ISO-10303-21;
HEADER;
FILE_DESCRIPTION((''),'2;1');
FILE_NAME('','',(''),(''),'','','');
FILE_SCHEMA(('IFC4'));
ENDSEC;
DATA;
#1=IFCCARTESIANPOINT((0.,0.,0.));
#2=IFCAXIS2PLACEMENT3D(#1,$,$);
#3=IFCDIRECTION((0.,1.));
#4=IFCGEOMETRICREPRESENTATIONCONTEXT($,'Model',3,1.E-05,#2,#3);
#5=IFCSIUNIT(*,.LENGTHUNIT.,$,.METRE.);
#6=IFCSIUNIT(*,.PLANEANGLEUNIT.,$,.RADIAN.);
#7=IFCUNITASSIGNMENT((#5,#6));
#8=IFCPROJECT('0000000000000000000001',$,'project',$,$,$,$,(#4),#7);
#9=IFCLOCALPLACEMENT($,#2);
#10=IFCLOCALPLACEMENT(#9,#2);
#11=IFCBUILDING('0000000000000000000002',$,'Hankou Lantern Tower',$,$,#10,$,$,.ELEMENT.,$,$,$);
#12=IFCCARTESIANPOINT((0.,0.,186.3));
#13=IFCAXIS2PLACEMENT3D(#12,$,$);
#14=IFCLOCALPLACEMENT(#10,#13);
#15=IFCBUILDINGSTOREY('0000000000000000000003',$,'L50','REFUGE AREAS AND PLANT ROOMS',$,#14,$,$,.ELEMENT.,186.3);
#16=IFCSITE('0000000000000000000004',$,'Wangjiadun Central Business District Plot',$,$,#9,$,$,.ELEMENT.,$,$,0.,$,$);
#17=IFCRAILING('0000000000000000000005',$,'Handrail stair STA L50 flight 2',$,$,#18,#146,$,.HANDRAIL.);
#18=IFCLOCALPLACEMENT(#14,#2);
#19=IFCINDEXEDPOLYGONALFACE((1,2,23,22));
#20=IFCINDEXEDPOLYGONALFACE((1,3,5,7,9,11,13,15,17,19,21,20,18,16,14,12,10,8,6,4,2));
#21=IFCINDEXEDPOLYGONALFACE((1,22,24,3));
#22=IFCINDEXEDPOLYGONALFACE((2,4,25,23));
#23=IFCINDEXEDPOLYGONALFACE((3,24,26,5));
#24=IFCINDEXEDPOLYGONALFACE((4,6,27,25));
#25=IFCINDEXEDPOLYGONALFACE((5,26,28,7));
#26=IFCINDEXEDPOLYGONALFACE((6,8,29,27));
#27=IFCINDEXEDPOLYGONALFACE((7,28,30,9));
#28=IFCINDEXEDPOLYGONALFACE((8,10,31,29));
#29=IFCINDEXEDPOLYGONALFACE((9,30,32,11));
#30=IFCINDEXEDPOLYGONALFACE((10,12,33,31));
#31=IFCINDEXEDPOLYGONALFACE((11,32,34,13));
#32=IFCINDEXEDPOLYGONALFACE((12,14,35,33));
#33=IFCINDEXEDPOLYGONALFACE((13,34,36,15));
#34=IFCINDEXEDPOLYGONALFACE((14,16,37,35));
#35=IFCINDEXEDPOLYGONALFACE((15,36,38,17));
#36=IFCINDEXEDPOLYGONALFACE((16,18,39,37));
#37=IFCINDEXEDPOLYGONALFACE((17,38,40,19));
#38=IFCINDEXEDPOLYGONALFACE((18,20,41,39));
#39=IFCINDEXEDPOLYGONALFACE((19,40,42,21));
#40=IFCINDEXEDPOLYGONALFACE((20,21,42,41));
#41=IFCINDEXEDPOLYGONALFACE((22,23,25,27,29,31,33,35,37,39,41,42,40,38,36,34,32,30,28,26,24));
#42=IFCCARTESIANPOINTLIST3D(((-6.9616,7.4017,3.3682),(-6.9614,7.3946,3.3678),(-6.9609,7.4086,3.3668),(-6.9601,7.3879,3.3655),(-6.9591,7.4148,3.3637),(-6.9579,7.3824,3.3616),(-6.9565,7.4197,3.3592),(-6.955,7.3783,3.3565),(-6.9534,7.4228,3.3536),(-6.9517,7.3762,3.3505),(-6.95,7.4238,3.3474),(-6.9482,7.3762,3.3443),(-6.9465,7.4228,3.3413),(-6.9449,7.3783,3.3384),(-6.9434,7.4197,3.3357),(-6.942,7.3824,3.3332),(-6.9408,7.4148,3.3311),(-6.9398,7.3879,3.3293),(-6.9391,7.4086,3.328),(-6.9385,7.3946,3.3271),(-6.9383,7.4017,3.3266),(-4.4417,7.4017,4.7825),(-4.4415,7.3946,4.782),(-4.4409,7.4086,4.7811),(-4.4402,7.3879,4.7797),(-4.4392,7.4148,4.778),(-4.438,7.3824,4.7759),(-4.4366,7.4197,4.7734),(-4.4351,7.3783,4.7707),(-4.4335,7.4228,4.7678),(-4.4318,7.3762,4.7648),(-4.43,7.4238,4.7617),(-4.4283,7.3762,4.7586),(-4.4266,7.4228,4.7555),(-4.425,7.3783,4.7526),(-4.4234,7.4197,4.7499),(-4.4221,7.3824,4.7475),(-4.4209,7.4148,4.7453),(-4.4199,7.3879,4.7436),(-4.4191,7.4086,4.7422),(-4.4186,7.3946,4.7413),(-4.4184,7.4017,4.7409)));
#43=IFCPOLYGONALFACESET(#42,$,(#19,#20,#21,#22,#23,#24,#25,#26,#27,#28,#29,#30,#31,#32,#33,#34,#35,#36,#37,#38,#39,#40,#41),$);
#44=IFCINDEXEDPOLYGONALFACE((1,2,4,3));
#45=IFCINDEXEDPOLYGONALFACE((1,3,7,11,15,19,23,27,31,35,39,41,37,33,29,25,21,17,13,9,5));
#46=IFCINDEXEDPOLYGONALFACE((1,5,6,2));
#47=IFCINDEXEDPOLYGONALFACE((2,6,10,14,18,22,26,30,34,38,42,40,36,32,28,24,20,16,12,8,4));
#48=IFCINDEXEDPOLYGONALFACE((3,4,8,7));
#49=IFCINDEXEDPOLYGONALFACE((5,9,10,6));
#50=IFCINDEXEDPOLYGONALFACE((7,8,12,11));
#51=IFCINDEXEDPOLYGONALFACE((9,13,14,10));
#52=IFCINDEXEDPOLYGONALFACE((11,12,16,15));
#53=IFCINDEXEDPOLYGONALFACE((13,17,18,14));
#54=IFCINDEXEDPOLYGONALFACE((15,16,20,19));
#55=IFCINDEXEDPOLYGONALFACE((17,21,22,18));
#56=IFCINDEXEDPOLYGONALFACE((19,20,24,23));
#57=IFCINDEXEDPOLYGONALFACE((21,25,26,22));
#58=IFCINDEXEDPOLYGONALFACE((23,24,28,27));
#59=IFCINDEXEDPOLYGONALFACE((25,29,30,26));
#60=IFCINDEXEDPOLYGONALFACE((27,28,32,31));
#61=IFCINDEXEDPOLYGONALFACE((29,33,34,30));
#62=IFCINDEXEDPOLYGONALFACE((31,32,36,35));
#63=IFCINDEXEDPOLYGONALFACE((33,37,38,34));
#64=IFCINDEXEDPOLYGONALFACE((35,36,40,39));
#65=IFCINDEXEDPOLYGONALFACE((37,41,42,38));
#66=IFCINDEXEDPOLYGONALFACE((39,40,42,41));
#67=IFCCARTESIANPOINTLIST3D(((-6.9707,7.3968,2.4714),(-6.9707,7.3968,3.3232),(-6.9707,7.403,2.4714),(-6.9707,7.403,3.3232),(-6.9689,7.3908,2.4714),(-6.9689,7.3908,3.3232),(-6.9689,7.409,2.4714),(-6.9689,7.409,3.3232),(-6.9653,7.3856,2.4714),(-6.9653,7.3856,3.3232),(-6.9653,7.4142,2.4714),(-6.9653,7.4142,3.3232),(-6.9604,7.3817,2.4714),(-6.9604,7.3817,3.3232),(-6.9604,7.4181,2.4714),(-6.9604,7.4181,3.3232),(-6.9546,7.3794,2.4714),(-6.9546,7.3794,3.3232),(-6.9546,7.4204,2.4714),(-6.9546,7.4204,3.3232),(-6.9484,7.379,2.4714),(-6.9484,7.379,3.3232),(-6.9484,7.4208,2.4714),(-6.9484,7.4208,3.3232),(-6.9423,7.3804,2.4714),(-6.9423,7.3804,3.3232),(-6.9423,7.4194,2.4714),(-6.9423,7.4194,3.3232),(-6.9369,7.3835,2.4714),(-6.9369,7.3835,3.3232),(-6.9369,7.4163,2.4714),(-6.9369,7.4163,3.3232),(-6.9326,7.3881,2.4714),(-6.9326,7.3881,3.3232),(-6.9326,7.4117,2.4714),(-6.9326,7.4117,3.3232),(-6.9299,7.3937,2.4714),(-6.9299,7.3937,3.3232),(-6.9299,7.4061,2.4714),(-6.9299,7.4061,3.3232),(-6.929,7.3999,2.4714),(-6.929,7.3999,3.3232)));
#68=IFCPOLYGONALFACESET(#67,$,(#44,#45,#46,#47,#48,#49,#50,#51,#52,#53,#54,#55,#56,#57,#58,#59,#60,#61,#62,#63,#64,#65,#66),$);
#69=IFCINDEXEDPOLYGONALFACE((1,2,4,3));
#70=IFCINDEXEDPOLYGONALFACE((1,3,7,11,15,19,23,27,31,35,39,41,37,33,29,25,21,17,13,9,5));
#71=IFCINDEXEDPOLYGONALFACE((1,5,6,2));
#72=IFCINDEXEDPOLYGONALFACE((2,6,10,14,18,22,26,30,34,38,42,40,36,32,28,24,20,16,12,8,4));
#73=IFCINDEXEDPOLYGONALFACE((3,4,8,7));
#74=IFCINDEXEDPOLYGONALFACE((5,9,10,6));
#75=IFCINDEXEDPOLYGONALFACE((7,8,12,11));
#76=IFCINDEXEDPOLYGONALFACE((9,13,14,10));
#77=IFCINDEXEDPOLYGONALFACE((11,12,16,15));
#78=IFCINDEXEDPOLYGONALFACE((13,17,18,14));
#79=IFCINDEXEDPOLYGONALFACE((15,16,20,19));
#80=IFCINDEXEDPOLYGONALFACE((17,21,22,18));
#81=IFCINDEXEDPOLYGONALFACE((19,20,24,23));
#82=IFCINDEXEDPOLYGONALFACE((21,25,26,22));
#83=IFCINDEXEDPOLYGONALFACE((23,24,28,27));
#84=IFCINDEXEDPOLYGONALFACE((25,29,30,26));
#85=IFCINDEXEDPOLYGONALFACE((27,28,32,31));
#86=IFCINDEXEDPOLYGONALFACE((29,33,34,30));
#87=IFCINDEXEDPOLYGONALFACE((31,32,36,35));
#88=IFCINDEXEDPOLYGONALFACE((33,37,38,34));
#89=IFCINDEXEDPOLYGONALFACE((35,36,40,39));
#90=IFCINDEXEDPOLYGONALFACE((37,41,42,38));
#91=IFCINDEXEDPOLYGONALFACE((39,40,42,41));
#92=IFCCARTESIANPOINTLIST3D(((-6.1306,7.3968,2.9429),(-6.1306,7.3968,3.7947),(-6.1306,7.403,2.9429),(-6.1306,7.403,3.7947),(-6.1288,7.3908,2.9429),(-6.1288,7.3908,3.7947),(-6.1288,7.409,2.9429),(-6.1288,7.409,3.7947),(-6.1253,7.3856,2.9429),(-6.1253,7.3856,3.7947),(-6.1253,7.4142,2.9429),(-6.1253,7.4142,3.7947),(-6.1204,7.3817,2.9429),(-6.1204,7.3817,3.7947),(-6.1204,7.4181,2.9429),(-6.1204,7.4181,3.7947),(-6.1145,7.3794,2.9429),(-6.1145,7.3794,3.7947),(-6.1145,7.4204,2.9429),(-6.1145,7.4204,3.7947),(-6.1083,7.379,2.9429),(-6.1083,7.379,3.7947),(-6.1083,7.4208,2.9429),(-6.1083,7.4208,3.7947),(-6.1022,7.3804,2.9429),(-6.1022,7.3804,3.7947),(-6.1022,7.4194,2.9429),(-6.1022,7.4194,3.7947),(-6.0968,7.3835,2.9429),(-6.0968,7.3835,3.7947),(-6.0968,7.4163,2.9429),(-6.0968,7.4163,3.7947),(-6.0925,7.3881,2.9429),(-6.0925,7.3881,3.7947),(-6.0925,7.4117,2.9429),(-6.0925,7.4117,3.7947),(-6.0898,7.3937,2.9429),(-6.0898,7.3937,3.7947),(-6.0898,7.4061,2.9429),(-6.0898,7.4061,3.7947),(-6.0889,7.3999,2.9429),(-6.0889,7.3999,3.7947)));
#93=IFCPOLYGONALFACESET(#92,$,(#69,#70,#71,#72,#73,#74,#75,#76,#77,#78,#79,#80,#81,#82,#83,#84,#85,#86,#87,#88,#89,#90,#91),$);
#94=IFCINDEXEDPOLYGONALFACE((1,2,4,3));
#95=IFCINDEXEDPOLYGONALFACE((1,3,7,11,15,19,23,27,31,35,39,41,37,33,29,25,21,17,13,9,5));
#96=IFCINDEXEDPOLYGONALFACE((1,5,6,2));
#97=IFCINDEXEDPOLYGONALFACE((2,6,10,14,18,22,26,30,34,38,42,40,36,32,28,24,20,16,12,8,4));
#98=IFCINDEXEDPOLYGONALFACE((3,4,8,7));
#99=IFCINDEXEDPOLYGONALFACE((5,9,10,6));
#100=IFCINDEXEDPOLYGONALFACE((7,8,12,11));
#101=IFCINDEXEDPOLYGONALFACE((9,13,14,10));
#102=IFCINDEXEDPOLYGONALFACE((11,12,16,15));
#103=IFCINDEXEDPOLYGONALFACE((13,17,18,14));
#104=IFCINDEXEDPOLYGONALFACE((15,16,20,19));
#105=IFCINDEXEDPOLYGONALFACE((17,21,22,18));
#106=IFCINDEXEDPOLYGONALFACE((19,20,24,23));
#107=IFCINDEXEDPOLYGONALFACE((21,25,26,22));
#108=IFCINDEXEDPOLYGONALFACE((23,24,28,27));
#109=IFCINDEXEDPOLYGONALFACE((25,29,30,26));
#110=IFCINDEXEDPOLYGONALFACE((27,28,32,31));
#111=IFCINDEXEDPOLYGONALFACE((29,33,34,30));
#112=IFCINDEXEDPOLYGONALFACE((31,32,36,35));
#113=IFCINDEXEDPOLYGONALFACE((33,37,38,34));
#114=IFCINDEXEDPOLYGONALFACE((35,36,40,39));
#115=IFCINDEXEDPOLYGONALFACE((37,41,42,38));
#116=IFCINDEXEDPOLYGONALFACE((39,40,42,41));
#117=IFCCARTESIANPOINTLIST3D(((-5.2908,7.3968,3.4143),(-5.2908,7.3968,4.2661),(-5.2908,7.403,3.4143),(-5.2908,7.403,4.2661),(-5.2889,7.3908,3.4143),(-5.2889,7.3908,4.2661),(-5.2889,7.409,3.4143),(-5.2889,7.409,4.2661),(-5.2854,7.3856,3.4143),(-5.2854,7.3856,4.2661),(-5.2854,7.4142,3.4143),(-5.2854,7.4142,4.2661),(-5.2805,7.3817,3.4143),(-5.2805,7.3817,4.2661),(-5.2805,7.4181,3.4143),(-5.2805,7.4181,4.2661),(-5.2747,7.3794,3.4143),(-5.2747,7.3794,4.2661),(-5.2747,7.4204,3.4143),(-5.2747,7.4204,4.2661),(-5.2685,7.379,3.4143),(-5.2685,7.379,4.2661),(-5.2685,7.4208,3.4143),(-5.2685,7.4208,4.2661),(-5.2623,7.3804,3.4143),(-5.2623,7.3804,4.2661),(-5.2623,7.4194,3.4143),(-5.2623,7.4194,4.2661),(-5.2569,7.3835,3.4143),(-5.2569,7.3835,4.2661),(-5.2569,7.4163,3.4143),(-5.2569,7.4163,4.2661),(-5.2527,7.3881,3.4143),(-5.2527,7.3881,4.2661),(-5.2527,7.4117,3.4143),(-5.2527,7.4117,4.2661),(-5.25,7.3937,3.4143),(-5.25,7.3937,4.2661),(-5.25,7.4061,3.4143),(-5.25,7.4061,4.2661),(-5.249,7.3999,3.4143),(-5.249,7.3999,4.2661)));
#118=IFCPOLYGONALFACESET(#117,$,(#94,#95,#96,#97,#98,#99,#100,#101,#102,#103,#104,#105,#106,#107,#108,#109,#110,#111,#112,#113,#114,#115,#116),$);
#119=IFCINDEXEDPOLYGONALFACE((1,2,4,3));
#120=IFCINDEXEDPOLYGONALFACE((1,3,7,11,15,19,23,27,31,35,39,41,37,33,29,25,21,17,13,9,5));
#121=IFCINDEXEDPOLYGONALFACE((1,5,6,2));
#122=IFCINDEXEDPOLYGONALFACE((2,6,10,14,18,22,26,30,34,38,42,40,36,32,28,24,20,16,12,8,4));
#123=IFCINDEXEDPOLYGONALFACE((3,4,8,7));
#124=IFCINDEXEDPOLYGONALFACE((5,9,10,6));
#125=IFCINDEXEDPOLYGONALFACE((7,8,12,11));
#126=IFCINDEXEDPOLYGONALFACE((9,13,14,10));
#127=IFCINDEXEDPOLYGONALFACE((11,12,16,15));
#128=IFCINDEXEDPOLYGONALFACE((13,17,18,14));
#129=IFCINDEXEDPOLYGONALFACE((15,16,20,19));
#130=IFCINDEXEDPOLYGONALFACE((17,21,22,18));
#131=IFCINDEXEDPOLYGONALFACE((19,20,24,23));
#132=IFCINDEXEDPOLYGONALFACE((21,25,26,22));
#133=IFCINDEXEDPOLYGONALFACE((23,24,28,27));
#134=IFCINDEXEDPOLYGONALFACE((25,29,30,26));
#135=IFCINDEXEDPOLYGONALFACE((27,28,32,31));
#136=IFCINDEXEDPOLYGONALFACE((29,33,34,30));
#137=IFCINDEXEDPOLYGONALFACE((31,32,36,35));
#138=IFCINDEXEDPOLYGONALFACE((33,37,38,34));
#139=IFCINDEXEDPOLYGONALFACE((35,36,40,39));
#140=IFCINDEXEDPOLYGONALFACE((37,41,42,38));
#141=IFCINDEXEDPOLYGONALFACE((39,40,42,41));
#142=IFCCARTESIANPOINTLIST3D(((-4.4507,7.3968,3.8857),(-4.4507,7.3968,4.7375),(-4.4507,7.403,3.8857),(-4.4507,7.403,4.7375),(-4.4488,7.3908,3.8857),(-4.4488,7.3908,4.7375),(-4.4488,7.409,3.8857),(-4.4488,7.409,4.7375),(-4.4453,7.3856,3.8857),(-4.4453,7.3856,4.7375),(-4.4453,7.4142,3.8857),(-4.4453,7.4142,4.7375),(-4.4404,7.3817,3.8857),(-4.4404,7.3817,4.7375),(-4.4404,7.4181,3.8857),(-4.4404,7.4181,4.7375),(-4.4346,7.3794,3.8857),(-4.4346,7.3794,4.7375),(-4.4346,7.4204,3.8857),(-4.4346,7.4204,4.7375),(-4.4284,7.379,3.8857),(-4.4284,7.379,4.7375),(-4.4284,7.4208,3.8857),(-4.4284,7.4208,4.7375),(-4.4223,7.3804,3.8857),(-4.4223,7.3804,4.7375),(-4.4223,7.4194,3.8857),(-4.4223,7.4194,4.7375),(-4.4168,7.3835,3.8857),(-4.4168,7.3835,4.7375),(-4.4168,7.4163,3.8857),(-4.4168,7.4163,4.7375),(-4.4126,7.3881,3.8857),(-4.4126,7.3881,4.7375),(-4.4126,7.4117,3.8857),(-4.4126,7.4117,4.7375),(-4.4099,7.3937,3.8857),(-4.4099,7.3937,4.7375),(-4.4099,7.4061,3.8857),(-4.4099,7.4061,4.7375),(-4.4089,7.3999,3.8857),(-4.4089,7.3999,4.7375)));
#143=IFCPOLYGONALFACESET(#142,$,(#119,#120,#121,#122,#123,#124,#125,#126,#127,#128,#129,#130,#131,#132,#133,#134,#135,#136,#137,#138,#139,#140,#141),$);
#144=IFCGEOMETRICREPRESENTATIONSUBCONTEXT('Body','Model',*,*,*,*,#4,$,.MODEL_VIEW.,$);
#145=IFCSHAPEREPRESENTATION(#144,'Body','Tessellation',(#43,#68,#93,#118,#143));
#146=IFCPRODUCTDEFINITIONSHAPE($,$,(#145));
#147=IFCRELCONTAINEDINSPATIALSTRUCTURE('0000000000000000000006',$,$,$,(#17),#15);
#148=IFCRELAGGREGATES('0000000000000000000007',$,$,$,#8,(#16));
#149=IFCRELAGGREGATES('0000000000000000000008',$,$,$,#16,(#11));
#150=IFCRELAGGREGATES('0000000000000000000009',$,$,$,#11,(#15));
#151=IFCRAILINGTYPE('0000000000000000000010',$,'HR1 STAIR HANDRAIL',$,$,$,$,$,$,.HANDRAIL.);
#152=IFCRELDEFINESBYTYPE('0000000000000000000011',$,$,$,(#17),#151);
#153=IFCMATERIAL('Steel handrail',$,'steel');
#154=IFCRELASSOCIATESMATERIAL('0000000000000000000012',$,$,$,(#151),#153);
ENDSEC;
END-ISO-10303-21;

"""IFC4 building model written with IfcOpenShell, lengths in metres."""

from ifc_helpers import new_model, si_unit, direction, frame, origin, origin_2d, place, context, subcontext, project, spatial, circle, extrude, material, type_object, element, save


model = new_model("IFC4")

# Units and contexts
model_context = context("Model", 3, precision=1e-05, world=origin(), true_north=direction((0.0, 1.0)))
body_context = subcontext(model_context, "Body", "Model", "MODEL_VIEW")
ifc_project = project(units=[si_unit("LENGTHUNIT", "METRE"), si_unit("PLANEANGLEUNIT", "RADIAN")], contexts=[model_context])

# Site, building, storey
site_placement = place(None, origin())
site = spatial("IfcSite", under=ifc_project, at=site_placement, Name="Wangjiadun Central Business District Plot", CompositionType="ELEMENT", RefElevation=0.0)
building_placement = place(site_placement, origin())
building = spatial("IfcBuilding", under=site, at=building_placement, Name="Hankou Lantern Tower", CompositionType="ELEMENT")
storey_placement = place(building_placement, frame((0.0, 0.0, 186.3)))
storey = spatial("IfcBuildingStorey", under=building, at=storey_placement, Name="L50", Description="REFUGE AREAS AND PLANT ROOMS", CompositionType="ELEMENT", Elevation=186.3)

# Railing
ifc_material_1 = material(Name="Steel handrail", Category="steel")
railing_type = type_object("IfcRailingType", Name="HR1 STAIR HANDRAIL", PredefinedType="HANDRAIL", material=ifc_material_1)
railing_1_placement = place(storey_placement, frame((-6.95, 7.3999, 2.4714)))
element("IfcRailing", 1, at=railing_1_placement, inside=storey, type_object=railing_type, Name="Handrail stair STA L50 flight 2", PredefinedType="HANDRAIL", context=body_context, shape_type="SweptSolid", body=[
    extrude(circle(Radius=0.0239, at=origin_2d()), frame((0.0, 0.0, 0.876), z_axis=(0.872049, 0.0, 0.489419), x_axis=(0.0, 1.0, 0.0)), (0.0, 0.0, 1.0), 2.8896),
    extrude(circle(Radius=0.021, at=origin_2d()), origin(), (0.0, 0.0, 1.0), 0.8518),
    extrude(circle(Radius=0.021, at=origin_2d()), frame((0.8401, 0.0, 0.4714)), (0.0, 0.0, 1.0), 0.8518),
    extrude(circle(Radius=0.021, at=origin_2d()), frame((1.6799, 0.0, 0.9429)), (0.0, 0.0, 1.0), 0.8518),
    extrude(circle(Radius=0.021, at=origin_2d()), frame((2.52, 0.0, 1.4143)), (0.0, 0.0, 1.0), 0.8518),
])

save(model, "model.ifc")
